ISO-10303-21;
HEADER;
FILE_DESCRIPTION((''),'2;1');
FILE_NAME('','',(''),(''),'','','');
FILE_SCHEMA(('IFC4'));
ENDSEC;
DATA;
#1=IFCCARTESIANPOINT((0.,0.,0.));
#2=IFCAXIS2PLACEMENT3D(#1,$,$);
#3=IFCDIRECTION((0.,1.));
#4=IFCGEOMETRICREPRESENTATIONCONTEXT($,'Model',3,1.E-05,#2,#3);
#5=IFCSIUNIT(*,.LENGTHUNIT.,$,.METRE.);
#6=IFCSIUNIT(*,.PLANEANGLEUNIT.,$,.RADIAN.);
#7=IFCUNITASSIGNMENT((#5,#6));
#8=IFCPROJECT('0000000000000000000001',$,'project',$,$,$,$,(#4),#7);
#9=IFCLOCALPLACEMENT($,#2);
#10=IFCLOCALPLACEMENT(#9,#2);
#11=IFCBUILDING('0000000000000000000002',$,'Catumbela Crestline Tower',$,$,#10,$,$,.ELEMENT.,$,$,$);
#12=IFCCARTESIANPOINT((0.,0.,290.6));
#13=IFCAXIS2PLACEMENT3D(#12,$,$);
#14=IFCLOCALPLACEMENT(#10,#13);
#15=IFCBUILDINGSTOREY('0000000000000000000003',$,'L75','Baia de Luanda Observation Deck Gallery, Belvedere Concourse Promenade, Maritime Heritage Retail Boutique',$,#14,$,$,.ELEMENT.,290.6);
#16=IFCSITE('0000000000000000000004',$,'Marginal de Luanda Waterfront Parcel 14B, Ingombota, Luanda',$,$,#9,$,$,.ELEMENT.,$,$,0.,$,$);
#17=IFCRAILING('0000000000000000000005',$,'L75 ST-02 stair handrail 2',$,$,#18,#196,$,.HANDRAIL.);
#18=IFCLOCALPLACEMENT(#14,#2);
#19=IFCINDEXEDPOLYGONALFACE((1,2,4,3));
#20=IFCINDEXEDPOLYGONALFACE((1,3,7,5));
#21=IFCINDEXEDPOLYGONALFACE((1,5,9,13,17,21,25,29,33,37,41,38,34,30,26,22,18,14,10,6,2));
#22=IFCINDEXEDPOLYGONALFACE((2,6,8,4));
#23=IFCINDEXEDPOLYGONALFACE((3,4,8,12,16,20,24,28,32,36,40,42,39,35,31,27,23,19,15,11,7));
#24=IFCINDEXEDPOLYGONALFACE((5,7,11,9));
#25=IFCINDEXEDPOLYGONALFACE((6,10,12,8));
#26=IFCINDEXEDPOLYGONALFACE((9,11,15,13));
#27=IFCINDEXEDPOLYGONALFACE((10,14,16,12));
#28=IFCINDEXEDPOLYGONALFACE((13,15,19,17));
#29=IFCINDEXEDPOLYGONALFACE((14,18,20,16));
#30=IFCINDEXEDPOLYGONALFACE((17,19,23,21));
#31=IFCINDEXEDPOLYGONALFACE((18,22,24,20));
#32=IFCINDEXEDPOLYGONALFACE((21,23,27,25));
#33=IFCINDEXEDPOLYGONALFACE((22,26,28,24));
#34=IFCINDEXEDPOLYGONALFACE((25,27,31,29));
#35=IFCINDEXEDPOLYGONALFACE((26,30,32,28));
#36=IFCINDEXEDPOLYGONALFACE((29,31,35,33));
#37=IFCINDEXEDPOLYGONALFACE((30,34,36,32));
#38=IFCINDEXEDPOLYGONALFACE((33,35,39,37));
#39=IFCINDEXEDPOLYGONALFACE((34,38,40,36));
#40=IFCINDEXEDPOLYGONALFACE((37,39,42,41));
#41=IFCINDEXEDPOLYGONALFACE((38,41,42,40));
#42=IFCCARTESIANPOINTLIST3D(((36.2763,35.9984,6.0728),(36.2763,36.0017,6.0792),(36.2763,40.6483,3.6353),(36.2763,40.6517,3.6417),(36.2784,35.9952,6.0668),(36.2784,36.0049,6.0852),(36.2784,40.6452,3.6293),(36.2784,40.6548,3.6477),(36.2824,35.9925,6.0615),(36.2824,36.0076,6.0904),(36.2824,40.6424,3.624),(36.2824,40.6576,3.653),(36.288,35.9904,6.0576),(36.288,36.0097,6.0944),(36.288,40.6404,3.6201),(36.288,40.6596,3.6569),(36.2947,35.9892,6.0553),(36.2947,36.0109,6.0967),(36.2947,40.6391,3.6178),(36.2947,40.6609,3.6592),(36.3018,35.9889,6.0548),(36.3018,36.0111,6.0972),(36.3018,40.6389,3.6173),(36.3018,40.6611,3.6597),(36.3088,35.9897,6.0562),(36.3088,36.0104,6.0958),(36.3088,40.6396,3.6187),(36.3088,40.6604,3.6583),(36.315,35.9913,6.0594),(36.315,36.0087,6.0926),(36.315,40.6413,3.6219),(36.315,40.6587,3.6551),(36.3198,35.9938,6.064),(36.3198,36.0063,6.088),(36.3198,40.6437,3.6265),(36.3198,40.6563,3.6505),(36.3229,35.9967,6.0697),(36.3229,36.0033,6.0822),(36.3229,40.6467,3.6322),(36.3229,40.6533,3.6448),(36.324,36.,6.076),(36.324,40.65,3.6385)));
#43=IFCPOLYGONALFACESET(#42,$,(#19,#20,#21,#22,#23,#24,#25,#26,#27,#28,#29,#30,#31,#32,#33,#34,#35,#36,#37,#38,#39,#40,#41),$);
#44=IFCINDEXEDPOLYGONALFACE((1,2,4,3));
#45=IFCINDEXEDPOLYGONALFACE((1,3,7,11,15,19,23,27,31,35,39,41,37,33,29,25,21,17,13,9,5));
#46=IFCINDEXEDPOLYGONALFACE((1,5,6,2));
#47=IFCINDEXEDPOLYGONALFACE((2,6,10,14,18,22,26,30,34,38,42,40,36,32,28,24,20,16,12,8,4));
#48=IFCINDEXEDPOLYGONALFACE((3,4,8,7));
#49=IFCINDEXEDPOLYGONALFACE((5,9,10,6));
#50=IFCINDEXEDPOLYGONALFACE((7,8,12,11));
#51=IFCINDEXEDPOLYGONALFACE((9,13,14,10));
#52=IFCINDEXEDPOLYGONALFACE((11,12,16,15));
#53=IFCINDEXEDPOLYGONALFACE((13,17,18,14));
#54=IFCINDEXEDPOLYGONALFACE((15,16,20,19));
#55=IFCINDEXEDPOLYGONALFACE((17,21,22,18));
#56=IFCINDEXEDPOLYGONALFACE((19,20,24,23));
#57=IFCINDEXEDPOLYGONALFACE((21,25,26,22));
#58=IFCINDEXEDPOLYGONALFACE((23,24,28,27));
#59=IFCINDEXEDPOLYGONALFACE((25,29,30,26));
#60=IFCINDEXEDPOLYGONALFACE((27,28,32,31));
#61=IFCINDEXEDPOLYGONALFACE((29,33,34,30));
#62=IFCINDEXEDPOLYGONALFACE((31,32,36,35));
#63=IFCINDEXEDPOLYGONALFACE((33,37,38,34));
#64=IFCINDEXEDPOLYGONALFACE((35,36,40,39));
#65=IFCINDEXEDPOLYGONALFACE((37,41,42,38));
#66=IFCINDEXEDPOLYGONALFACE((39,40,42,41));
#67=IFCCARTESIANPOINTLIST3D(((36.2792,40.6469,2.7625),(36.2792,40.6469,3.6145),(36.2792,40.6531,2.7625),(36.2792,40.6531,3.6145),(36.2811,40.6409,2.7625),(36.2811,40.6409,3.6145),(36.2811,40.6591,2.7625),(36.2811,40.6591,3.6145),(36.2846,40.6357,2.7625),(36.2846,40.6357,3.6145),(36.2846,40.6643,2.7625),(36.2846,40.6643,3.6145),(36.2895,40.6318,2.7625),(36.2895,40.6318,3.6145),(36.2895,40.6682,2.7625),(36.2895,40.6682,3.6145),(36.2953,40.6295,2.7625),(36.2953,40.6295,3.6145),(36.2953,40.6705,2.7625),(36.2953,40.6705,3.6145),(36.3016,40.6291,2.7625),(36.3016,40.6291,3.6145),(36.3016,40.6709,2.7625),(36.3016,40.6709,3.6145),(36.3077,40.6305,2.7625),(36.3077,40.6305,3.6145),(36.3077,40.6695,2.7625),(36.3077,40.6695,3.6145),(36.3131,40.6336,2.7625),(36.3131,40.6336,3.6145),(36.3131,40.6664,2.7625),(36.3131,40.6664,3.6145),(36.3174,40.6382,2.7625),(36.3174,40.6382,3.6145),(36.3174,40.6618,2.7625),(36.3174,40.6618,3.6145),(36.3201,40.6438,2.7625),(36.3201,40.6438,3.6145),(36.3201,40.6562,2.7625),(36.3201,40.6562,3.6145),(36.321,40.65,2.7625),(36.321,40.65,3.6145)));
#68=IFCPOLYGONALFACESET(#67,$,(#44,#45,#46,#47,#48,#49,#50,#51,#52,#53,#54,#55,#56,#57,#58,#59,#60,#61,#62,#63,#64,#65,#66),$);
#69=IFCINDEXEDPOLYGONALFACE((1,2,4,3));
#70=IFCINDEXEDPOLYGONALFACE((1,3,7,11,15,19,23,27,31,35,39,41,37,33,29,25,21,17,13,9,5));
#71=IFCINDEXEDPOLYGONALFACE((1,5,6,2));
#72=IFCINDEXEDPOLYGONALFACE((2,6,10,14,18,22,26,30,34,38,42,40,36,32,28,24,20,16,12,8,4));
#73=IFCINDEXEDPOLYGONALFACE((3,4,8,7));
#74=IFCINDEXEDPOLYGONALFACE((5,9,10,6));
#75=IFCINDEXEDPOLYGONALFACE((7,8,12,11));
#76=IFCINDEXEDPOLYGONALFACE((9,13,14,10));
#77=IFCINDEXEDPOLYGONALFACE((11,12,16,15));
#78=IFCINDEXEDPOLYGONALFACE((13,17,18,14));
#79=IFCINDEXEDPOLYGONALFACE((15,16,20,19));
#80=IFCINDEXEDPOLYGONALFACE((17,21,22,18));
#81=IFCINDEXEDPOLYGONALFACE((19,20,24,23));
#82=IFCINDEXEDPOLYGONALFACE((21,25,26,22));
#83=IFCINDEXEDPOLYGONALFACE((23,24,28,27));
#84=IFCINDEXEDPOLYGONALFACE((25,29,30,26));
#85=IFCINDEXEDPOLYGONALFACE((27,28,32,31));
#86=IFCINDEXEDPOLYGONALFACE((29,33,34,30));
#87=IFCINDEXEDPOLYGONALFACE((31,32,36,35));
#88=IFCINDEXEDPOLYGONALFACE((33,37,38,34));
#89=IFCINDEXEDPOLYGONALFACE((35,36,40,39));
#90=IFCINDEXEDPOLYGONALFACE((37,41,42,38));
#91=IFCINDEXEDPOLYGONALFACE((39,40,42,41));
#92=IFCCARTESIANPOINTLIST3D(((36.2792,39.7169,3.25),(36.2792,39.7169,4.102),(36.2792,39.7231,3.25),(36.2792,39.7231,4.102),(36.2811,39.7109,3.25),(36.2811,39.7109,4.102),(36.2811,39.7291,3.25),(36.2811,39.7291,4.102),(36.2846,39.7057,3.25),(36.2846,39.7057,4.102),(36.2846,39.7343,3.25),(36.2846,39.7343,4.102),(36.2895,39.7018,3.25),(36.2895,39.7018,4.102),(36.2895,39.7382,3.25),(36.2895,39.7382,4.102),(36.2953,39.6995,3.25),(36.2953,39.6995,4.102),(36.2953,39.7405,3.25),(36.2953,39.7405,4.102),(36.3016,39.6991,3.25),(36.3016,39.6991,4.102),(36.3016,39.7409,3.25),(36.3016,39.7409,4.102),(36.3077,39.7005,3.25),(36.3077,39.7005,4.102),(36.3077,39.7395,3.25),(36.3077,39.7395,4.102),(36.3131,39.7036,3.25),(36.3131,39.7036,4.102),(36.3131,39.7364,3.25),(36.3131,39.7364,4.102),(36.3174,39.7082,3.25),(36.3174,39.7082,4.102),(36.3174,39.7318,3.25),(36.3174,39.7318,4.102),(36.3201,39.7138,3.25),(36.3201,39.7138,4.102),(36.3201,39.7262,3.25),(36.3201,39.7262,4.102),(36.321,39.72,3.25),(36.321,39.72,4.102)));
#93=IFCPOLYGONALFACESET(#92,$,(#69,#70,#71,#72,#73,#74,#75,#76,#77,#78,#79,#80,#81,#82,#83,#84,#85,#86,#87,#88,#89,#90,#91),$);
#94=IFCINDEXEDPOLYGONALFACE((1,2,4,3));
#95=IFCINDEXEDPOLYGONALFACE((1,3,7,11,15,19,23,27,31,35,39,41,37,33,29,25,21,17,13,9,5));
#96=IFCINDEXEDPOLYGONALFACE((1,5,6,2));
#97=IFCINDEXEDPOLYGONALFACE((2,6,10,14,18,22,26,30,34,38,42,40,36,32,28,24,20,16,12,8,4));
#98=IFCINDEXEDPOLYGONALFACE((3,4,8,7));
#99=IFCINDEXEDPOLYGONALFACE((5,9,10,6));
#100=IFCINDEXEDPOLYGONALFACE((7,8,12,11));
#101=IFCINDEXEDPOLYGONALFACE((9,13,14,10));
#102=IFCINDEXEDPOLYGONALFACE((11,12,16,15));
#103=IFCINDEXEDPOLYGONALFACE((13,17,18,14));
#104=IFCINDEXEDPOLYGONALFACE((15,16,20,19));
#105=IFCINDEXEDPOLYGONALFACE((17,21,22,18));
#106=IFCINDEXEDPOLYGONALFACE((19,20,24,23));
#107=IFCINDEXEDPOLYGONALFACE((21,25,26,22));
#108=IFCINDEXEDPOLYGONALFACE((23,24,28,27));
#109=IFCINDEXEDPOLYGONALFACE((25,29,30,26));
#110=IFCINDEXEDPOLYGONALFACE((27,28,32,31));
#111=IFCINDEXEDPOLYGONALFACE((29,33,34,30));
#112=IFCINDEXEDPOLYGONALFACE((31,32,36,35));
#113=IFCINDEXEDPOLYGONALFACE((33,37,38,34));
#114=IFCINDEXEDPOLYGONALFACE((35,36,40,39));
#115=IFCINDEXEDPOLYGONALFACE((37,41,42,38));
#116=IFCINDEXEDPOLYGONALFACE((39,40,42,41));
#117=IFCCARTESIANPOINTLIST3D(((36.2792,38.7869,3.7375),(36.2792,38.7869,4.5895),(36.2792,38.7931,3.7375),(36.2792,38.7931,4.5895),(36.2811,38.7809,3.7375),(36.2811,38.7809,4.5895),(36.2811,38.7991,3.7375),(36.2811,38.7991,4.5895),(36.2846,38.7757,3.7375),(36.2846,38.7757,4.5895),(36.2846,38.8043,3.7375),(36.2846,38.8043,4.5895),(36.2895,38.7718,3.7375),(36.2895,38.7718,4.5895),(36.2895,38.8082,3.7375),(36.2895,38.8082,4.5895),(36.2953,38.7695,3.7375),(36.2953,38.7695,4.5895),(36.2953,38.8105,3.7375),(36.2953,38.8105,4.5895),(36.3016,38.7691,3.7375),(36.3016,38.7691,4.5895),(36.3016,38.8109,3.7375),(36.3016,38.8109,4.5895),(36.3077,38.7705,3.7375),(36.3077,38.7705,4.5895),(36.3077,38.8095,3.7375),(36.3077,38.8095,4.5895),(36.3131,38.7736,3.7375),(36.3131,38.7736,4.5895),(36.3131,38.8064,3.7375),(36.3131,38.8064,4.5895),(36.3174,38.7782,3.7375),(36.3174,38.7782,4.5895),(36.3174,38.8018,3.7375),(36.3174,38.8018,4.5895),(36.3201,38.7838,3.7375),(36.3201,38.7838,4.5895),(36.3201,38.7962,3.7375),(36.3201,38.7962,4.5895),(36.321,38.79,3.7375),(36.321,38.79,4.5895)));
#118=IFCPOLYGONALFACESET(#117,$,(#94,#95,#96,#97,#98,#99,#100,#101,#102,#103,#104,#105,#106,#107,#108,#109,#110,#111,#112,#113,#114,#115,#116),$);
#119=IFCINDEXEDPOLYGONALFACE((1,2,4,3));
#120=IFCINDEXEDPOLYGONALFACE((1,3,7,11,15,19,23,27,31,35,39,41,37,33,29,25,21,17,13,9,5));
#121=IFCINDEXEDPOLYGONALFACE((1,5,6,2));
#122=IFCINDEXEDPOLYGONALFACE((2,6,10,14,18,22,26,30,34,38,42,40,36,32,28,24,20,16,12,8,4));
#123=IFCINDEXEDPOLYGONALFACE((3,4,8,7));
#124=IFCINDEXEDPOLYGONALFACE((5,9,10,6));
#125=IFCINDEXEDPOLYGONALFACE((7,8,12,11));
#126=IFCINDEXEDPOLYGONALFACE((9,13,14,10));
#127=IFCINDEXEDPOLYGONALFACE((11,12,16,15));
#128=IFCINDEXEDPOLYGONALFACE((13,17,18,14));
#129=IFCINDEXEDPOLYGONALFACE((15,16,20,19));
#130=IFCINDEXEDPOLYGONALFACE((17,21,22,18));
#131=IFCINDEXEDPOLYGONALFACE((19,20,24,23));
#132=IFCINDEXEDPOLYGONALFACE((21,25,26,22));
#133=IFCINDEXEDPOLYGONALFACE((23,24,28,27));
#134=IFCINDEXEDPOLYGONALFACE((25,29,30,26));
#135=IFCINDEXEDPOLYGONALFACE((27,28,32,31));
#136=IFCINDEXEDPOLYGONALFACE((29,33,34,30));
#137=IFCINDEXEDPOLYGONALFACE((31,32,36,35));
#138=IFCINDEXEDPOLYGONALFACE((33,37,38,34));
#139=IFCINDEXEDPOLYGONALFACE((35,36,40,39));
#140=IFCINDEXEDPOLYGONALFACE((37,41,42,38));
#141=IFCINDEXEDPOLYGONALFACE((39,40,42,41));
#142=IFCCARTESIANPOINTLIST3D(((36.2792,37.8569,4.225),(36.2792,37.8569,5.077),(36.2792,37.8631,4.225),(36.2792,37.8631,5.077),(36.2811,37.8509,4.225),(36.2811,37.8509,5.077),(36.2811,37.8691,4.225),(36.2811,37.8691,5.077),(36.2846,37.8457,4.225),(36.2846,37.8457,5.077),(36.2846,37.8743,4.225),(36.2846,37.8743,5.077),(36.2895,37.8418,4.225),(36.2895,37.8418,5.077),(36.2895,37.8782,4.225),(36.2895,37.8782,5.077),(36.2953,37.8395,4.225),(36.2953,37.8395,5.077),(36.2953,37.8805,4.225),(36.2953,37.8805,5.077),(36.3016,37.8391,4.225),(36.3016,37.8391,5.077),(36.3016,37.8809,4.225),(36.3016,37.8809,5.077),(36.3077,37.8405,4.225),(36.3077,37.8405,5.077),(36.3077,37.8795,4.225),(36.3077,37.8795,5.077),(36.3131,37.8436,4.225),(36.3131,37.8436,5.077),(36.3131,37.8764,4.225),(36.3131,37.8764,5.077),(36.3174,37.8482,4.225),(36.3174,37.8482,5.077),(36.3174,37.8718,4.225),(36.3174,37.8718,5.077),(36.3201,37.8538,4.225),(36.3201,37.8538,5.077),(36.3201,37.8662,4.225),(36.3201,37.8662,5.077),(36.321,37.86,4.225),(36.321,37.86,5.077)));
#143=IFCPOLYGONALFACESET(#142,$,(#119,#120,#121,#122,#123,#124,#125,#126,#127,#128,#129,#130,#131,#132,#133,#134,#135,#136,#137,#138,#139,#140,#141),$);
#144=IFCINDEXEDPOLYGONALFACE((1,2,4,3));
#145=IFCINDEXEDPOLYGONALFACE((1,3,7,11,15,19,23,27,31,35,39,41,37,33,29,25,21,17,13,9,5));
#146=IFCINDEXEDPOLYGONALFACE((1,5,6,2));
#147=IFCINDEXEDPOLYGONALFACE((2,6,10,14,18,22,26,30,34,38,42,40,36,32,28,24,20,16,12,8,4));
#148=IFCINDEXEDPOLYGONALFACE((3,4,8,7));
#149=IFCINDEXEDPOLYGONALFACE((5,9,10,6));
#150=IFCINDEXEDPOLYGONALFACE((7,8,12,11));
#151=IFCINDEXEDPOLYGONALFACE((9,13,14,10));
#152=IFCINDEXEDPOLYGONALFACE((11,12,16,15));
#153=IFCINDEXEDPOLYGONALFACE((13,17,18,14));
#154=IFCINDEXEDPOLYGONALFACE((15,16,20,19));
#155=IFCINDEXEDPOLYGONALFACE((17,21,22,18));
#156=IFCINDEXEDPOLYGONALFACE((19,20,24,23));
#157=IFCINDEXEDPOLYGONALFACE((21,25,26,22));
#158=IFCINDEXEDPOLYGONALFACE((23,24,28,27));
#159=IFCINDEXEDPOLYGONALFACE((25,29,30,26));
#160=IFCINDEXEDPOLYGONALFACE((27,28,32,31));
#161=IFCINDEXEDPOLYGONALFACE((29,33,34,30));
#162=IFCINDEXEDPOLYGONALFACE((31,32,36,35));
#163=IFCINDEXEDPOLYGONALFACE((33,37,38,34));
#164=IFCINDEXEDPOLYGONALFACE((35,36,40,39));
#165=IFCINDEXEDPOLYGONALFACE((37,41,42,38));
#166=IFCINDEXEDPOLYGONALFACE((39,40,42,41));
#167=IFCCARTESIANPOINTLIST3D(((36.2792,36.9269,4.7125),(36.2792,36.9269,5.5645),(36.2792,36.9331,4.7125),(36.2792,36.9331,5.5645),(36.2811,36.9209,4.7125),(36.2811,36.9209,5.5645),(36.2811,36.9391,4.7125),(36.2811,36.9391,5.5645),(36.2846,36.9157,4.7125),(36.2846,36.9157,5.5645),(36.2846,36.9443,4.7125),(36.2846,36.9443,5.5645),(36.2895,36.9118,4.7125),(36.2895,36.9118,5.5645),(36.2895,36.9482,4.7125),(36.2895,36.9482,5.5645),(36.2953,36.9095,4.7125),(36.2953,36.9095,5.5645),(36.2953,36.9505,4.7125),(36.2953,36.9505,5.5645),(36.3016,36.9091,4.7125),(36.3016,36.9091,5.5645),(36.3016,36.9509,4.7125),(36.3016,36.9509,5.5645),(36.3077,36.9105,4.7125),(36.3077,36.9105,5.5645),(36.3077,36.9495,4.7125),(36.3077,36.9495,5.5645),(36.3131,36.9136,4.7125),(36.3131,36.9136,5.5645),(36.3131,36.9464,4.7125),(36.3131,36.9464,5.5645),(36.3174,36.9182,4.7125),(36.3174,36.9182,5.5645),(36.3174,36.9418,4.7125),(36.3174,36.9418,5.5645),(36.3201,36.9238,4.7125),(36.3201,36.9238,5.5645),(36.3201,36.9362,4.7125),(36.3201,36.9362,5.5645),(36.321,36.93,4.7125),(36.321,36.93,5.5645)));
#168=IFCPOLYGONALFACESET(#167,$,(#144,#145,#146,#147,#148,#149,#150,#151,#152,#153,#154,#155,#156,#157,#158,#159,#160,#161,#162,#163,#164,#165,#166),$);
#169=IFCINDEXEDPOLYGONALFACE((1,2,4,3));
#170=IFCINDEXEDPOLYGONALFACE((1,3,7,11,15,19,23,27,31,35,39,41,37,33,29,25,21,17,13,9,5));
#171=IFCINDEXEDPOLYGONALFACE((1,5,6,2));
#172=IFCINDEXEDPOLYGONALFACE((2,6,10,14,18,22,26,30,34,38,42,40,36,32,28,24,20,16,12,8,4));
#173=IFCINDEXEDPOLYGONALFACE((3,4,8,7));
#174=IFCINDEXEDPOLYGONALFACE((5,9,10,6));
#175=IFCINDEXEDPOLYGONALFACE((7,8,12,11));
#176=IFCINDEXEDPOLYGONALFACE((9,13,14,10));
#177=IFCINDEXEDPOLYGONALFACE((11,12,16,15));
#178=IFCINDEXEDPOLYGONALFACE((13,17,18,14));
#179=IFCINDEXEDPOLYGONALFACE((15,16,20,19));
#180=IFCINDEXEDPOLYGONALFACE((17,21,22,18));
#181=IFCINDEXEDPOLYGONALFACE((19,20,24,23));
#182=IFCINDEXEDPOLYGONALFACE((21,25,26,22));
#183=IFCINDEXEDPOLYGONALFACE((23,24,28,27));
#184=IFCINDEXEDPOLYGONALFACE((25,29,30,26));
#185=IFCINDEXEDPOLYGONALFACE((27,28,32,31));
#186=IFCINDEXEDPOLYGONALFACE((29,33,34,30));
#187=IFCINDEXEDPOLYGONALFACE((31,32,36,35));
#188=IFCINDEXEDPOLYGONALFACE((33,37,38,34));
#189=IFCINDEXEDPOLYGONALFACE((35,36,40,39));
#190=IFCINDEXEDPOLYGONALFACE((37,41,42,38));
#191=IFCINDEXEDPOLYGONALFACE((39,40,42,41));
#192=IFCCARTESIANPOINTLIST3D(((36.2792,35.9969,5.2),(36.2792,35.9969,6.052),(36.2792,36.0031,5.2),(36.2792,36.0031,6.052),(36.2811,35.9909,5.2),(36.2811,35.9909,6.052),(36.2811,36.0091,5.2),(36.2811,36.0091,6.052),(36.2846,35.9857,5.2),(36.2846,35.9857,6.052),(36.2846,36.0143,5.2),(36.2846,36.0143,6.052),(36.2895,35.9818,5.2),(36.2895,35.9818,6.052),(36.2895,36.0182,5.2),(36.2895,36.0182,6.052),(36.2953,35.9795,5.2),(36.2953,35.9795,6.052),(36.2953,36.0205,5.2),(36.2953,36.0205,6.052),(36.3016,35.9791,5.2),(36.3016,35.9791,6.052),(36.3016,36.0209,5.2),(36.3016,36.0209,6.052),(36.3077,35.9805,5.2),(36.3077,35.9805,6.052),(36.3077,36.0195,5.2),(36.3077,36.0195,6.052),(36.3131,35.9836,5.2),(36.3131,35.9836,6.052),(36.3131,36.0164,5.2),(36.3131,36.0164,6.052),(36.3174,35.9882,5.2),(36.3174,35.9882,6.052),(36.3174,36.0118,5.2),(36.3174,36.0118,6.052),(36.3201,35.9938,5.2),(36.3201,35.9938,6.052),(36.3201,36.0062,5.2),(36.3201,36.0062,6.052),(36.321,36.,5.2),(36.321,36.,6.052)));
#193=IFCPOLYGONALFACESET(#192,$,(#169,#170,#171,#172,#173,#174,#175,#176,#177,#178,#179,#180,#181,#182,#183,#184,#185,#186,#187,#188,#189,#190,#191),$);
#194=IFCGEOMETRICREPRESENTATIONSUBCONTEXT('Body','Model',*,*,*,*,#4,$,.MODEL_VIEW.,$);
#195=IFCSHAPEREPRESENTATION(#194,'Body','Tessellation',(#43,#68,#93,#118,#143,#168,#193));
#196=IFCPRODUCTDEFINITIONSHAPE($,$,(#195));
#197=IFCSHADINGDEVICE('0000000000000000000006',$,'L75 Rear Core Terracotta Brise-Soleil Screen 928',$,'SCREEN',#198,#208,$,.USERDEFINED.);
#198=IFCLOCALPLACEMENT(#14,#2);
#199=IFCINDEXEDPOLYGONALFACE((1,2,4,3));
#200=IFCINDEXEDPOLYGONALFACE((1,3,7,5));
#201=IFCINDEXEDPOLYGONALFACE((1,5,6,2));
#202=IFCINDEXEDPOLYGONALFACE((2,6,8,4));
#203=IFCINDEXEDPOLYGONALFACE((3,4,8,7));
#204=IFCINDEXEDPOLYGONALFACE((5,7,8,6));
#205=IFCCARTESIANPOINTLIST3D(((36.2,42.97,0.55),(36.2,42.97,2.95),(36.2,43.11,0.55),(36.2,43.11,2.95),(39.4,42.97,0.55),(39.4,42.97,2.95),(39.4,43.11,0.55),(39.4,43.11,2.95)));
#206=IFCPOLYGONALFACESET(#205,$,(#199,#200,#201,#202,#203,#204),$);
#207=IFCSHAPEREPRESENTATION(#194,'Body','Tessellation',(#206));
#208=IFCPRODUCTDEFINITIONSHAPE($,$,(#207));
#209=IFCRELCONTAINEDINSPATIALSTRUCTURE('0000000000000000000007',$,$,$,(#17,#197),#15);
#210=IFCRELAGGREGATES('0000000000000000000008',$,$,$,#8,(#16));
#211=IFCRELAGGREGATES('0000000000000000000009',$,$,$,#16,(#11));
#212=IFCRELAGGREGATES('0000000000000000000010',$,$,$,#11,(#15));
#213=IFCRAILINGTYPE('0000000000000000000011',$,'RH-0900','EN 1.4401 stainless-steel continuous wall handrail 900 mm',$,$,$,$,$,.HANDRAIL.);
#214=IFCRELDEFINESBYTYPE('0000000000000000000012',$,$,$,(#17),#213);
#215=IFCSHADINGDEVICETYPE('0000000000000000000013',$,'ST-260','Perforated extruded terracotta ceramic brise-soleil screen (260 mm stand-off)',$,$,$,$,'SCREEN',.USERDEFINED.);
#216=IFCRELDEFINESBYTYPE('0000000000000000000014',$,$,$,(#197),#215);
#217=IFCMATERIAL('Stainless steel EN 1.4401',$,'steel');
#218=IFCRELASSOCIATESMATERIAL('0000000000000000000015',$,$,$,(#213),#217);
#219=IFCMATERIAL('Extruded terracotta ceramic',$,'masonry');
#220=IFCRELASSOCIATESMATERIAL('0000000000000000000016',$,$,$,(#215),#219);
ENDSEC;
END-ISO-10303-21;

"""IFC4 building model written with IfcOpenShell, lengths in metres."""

from ifc_helpers import new_model, si_unit, direction, frame, origin, origin_2d, place, context, subcontext, project, spatial, rectangle, circle, extrude, material, type_object, element, save


model = new_model("IFC4")

# Units and contexts
model_context = context("Model", 3, precision=1e-05, world=origin(), true_north=direction((0.0, 1.0)))
body_context = subcontext(model_context, "Body", "Model", "MODEL_VIEW")
ifc_project = project(units=[si_unit("LENGTHUNIT", "METRE"), si_unit("PLANEANGLEUNIT", "RADIAN")], contexts=[model_context])

# Site, building, storey
site_placement = place(None, origin())
site = spatial("IfcSite", under=ifc_project, at=site_placement, Name="Marginal de Luanda Waterfront Parcel 14B, Ingombota, Luanda", CompositionType="ELEMENT", RefElevation=0.0)
building_placement = place(site_placement, origin())
building = spatial("IfcBuilding", under=site, at=building_placement, Name="Catumbela Crestline Tower", CompositionType="ELEMENT")
storey_placement = place(building_placement, frame((0.0, 0.0, 290.6)))
storey = spatial("IfcBuildingStorey", under=building, at=storey_placement, Name="L75", Description="Baia de Luanda Observation Deck Gallery, Belvedere Concourse Promenade, Maritime Heritage Retail Boutique", CompositionType="ELEMENT", Elevation=290.6)

# Railing
ifc_material_1 = material(Name="Stainless steel EN 1.4401", Category="steel")
railing_type_1 = type_object("IfcRailingType", Name="RH-0900", Description="EN 1.4401 stainless-steel continuous wall handrail 900 mm", PredefinedType="HANDRAIL", material=ifc_material_1)
railing_1_placement = place(storey_placement, frame((36.3, 40.65, 2.7625)))
element("IfcRailing", 1, at=railing_1_placement, inside=storey, type_object=railing_type_1, Name="L75 ST-02 stair handrail 2", PredefinedType="HANDRAIL", context=body_context, shape_type="SweptSolid", body=[
    extrude(circle(Radius=0.024, at=origin_2d()), frame((0.0, 0.0, 0.876), z_axis=(0.0, -0.885692, 0.464274), x_axis=(1.0, 0.0, 0.0)), (0.0, 0.0, 1.0), 5.2501),
    extrude(circle(Radius=0.021, at=origin_2d()), origin(), (0.0, 0.0, 1.0), 0.852),
    extrude(circle(Radius=0.021, at=origin_2d()), frame((0.0, -0.93, 0.4875)), (0.0, 0.0, 1.0), 0.852),
    extrude(circle(Radius=0.021, at=origin_2d()), frame((0.0, -1.86, 0.975)), (0.0, 0.0, 1.0), 0.852),
    extrude(circle(Radius=0.021, at=origin_2d()), frame((0.0, -2.79, 1.4625)), (0.0, 0.0, 1.0), 0.852),
    extrude(circle(Radius=0.021, at=origin_2d()), frame((0.0, -3.72, 1.95)), (0.0, 0.0, 1.0), 0.852),
    extrude(circle(Radius=0.021, at=origin_2d()), frame((0.0, -4.65, 2.4375)), (0.0, 0.0, 1.0), 0.852),
])

# Shading device
ifc_material_2 = material(Name="Extruded terracotta ceramic", Category="masonry")
shading_device_type = type_object("IfcShadingDeviceType", Name="ST-260", Description="Perforated extruded terracotta ceramic brise-soleil screen (260 mm stand-off)", ElementType="SCREEN", PredefinedType="USERDEFINED", material=ifc_material_2)
shading_device_placement = place(storey_placement, frame((37.8, 43.04, 0.55), z_axis=(0.0, 0.0, 1.0), x_axis=(1.0, 0.0, 0.0)))
element("IfcShadingDevice", 2, at=shading_device_placement, inside=storey, type_object=shading_device_type, Name="L75 Rear Core Terracotta Brise-Soleil Screen 928", ObjectType="SCREEN", PredefinedType="USERDEFINED", context=body_context, shape_type="SweptSolid", body=[
    extrude(rectangle(XDim=3.2, YDim=0.14, at=origin_2d()), origin(), (0.0, 0.0, 1.0), 2.4),
])

save(model, "model.ifc")
